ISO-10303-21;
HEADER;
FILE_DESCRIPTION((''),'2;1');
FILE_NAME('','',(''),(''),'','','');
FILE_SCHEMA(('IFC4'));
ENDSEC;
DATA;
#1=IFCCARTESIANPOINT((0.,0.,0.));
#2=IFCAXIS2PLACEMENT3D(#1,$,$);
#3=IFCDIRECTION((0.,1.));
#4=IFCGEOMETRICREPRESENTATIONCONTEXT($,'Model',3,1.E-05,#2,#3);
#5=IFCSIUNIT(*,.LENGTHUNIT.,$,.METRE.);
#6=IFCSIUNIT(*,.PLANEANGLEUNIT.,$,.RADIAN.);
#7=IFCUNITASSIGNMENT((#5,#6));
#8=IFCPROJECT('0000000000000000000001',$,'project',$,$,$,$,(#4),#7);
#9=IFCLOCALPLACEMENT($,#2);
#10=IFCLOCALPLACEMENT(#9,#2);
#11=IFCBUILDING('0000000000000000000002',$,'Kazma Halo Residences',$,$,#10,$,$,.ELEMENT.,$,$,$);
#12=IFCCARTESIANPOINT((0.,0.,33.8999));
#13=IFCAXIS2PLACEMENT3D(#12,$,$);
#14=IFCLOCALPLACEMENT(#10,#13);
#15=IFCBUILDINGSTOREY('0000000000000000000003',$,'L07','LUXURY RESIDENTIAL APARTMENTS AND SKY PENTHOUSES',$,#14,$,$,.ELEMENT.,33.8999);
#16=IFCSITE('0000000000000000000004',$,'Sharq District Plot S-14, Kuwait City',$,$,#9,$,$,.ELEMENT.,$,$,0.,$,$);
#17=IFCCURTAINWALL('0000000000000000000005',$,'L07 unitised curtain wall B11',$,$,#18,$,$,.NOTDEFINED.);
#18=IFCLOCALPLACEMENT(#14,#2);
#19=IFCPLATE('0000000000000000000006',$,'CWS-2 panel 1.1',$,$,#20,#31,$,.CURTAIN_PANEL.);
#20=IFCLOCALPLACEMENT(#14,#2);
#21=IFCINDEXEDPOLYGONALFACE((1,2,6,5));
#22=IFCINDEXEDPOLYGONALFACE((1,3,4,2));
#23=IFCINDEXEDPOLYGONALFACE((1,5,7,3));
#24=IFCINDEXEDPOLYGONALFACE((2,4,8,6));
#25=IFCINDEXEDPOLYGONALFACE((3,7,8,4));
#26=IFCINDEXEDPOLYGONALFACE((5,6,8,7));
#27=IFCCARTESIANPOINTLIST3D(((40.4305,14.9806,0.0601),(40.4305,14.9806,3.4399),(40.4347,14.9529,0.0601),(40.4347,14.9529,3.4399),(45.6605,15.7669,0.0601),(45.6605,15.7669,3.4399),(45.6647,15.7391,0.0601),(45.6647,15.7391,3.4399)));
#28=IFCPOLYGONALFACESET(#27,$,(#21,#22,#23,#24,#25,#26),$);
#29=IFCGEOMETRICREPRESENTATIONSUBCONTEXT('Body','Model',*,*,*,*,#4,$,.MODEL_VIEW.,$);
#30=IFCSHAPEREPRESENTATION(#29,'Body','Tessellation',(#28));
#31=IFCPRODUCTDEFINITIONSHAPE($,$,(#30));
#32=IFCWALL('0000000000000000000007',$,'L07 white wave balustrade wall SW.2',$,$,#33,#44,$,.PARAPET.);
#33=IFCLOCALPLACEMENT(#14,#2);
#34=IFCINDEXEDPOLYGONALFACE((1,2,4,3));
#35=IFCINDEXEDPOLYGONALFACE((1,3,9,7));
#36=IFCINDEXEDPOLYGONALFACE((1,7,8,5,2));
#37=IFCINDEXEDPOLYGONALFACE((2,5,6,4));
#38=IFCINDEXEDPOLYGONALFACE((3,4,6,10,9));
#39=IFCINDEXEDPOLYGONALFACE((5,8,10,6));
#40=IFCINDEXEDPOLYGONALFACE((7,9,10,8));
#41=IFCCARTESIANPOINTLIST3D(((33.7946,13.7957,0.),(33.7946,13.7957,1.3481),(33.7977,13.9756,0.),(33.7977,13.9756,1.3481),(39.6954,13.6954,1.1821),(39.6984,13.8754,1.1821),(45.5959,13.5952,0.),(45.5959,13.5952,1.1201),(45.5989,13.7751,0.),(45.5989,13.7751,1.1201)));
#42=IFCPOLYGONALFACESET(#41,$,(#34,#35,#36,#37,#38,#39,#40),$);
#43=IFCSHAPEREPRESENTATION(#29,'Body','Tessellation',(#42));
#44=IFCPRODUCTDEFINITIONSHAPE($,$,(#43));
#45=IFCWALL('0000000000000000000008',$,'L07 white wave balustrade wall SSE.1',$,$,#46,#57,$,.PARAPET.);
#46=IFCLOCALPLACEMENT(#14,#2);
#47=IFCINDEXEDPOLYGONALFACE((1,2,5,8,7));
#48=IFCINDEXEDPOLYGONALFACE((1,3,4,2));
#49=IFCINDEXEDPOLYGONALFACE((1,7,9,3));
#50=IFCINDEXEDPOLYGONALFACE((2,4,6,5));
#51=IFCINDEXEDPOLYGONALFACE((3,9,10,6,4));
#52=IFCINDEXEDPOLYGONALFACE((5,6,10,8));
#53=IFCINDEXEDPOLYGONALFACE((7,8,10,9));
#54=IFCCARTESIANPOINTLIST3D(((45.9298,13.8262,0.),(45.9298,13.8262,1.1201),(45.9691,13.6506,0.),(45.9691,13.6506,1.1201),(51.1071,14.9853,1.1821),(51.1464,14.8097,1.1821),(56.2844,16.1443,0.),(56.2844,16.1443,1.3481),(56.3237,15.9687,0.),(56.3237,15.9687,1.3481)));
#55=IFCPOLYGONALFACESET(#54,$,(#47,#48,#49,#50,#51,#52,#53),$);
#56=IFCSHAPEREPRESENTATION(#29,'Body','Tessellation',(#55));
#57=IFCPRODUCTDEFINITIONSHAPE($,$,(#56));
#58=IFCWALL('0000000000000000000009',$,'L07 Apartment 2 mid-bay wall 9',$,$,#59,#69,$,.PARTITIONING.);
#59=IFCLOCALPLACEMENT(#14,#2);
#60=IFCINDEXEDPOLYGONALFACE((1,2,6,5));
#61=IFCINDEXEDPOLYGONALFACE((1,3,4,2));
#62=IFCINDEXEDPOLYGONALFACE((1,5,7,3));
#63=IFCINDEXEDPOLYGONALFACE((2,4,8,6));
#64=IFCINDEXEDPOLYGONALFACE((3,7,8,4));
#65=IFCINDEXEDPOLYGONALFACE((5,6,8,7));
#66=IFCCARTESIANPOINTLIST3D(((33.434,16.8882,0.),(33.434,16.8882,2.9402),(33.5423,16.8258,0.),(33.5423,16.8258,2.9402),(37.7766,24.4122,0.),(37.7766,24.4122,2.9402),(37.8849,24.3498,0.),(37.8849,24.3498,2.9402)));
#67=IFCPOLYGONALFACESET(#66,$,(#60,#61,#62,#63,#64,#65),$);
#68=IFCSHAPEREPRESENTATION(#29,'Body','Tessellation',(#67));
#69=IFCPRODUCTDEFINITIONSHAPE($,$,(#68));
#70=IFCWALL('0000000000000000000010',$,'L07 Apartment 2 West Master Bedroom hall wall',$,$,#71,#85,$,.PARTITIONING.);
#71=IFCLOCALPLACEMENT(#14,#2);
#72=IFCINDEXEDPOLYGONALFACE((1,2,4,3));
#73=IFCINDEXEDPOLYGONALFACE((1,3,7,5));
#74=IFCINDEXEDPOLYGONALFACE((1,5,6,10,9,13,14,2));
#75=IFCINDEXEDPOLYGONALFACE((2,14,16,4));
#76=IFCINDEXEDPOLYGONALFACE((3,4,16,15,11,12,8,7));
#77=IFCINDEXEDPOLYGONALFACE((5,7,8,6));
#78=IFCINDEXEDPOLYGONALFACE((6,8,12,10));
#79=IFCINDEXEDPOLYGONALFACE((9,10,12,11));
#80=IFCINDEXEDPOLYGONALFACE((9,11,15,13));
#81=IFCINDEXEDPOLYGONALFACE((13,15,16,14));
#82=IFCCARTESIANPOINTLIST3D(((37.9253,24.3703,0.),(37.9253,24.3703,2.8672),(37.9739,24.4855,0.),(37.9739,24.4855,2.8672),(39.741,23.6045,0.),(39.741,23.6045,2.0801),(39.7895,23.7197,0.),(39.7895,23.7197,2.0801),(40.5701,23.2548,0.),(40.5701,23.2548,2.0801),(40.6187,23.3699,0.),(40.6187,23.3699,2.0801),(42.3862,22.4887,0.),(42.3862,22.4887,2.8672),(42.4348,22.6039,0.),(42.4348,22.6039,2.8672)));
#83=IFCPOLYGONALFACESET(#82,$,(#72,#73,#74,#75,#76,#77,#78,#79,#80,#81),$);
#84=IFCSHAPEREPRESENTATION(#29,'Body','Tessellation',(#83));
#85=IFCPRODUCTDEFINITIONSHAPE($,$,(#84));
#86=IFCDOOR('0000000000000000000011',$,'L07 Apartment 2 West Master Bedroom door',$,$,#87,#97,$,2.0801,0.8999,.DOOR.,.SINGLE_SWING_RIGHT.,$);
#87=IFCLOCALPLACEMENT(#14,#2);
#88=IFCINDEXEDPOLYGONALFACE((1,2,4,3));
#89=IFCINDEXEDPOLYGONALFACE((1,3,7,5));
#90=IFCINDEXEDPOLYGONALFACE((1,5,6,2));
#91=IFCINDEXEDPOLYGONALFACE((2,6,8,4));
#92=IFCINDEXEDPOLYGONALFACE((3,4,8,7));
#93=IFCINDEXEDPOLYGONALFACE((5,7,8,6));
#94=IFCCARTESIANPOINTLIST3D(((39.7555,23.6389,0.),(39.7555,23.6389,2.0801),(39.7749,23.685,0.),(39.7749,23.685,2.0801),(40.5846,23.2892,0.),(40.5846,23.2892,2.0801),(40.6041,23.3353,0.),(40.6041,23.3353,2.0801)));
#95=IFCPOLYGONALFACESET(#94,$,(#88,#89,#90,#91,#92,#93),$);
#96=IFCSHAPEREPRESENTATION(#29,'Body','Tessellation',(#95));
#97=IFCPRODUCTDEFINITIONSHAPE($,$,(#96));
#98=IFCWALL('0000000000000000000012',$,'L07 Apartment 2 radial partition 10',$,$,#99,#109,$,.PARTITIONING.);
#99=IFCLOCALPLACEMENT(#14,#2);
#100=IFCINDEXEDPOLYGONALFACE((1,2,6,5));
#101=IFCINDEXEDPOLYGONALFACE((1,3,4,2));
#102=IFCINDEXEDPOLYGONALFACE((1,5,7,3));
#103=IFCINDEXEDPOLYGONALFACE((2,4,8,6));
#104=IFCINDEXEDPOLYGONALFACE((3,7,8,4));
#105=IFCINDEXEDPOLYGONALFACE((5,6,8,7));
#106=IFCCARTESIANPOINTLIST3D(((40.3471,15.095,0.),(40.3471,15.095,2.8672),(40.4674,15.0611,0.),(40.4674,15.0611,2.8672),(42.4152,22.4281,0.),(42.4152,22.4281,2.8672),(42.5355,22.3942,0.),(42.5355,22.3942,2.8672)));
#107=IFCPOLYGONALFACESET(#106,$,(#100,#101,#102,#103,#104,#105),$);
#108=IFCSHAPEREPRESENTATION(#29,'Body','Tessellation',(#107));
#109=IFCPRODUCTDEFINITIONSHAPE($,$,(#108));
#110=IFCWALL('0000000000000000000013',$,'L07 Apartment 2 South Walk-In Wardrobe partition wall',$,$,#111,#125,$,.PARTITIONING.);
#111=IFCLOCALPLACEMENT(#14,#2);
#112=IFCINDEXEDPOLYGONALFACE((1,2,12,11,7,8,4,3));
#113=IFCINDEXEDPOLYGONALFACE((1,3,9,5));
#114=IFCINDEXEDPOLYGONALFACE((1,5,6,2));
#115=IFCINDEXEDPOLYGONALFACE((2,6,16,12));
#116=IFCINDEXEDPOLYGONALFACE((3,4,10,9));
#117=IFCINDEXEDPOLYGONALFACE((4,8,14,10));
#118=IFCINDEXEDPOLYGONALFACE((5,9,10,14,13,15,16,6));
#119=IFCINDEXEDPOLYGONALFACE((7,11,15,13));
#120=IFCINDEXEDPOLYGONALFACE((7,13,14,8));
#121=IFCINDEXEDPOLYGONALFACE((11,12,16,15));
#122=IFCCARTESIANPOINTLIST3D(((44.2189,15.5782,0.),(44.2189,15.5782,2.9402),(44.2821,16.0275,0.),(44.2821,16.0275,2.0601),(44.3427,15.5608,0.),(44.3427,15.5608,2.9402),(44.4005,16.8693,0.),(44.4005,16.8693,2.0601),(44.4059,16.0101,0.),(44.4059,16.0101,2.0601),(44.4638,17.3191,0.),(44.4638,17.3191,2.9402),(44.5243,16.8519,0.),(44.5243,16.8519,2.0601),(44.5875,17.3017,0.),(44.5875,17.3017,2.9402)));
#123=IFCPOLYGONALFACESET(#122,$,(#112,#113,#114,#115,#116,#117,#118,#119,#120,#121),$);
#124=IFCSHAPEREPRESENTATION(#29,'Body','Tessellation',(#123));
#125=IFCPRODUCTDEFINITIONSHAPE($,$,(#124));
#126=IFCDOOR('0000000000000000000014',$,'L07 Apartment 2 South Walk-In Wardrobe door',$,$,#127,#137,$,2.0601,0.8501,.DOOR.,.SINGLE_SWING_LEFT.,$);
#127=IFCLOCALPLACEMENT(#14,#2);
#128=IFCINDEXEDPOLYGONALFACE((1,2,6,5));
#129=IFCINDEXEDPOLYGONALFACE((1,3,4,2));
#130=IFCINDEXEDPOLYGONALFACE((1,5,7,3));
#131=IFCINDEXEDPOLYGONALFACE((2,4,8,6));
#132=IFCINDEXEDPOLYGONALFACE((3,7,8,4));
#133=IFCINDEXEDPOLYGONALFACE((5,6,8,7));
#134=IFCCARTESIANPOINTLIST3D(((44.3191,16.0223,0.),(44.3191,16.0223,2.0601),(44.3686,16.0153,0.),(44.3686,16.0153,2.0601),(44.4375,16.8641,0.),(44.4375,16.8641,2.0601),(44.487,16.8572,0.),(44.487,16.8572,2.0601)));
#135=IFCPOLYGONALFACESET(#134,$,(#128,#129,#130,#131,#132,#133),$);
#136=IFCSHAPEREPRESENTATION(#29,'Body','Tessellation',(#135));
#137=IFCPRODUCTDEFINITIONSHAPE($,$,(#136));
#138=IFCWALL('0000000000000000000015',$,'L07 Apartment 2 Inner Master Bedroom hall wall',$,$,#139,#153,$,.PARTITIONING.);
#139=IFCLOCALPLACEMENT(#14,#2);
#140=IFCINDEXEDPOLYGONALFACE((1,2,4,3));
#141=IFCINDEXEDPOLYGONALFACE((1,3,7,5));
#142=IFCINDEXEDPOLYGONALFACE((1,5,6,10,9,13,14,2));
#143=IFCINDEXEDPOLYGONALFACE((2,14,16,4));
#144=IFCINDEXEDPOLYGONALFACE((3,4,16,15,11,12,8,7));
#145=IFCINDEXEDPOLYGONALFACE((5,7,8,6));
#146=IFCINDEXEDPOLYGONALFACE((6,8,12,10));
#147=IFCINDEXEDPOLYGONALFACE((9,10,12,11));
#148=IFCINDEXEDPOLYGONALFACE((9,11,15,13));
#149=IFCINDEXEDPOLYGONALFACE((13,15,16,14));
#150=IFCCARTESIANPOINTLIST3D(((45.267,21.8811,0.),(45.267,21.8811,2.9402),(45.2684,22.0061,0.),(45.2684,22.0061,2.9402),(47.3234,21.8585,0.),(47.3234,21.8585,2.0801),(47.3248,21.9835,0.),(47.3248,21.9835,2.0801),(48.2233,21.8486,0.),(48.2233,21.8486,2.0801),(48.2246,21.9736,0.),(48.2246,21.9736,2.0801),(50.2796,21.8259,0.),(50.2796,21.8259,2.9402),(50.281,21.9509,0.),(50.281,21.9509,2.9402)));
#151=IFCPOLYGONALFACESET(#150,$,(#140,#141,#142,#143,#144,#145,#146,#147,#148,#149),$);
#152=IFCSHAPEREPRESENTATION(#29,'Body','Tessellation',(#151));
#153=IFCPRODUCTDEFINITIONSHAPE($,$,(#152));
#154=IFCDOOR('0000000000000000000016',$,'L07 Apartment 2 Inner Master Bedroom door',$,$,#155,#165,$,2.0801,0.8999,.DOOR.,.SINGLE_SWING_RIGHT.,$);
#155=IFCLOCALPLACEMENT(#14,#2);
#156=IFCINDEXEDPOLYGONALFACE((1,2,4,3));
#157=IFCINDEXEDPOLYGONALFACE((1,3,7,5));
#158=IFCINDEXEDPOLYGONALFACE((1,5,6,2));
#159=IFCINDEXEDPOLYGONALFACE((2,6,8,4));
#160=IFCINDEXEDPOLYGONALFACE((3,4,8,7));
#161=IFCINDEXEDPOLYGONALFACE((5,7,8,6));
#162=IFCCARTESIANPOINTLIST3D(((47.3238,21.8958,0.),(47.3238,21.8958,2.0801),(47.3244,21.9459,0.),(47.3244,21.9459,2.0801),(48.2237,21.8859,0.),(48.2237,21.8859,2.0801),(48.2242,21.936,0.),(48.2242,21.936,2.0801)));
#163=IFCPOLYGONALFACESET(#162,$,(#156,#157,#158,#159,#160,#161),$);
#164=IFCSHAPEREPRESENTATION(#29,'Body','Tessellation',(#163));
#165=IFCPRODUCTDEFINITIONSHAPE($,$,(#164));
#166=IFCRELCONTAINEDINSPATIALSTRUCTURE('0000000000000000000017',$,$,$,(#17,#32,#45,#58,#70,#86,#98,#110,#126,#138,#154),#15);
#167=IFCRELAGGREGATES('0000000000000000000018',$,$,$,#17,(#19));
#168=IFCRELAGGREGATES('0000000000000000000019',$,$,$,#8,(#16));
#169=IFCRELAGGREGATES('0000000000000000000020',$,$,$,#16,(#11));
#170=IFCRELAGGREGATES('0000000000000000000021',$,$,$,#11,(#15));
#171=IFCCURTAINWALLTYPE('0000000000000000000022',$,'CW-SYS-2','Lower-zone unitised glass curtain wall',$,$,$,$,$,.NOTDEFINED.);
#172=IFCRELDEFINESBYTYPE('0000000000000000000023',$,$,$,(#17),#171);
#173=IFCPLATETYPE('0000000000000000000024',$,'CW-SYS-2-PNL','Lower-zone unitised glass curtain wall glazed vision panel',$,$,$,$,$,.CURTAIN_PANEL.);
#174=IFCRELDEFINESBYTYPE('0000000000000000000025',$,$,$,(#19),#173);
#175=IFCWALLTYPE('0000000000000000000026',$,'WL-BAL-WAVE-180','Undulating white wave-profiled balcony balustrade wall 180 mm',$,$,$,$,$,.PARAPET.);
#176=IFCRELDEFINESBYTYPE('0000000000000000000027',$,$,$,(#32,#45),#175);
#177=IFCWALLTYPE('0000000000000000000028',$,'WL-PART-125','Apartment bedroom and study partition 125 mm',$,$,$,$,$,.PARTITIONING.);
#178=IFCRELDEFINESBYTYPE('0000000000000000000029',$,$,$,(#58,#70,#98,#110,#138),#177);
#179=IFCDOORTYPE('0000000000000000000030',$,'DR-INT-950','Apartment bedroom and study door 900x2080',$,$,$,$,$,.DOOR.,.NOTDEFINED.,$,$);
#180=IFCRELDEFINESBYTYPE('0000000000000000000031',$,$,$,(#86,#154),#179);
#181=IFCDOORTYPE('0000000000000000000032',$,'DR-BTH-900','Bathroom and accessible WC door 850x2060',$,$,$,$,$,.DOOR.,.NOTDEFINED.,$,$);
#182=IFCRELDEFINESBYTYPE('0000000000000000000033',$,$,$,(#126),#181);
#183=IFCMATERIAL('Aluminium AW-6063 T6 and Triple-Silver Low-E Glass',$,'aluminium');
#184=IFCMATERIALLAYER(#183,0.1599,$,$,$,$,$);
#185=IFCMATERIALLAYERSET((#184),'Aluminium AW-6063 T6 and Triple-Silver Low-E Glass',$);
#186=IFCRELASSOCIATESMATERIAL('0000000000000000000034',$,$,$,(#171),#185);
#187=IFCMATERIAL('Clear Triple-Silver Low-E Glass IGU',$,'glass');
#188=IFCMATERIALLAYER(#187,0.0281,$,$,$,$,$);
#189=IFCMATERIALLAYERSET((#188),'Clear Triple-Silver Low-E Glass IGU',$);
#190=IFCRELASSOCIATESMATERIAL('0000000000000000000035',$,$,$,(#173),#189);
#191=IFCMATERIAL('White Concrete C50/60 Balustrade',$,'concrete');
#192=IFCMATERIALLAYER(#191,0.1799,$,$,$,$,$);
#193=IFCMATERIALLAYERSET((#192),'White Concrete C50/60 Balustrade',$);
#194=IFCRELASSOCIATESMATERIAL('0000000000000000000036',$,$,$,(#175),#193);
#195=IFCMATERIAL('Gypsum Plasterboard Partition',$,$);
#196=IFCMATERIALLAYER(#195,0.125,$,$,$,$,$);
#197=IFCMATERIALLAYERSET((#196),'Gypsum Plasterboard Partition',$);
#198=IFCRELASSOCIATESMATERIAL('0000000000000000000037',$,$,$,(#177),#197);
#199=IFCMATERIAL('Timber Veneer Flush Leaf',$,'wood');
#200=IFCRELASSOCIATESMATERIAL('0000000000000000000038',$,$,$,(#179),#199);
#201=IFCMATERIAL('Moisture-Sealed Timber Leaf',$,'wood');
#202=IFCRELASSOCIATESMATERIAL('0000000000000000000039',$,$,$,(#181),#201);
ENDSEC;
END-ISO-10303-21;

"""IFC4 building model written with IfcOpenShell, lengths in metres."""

from ifc_helpers import new_model, si_unit, direction, frame, frame_2d, origin, origin_2d, place, context, subcontext, project, spatial, polyline, rectangle, outline, extrude, material, layer, layer_set, type_object, element, fill, aggregate, save


model = new_model("IFC4")

# Units and contexts
model_context = context("Model", 3, precision=1e-05, world=origin(), true_north=direction((0.0, 1.0)))
body_context = subcontext(model_context, "Body", "Model", "MODEL_VIEW")
ifc_project = project(units=[si_unit("LENGTHUNIT", "METRE"), si_unit("PLANEANGLEUNIT", "RADIAN")], contexts=[model_context])

# Site, building, storey
site_placement = place(None, origin())
site = spatial("IfcSite", under=ifc_project, at=site_placement, Name="Sharq District Plot S-14, Kuwait City", CompositionType="ELEMENT", RefElevation=0.0)
building_placement = place(site_placement, origin())
building = spatial("IfcBuilding", under=site, at=building_placement, Name="Kazma Halo Residences", CompositionType="ELEMENT")
storey_placement = place(building_placement, frame((0.0, 0.0, 33.8999)))
storey = spatial("IfcBuildingStorey", under=building, at=storey_placement, Name="L07", Description="LUXURY RESIDENTIAL APARTMENTS AND SKY PENTHOUSES", CompositionType="ELEMENT", Elevation=33.8999)

# Curtain wall, plate
ifc_material_1 = material(Name="Aluminium AW-6063 T6 and Triple-Silver Low-E Glass", Category="aluminium")
ifc_layer_1 = layer(ifc_material_1, 0.1599)
ifc_layer_set_1 = layer_set([ifc_layer_1], Name="Aluminium AW-6063 T6 and Triple-Silver Low-E Glass")
curtain_wall_type = type_object("IfcCurtainWallType", Name="CW-SYS-2", Description="Lower-zone unitised glass curtain wall", PredefinedType="NOTDEFINED", material=ifc_layer_set_1)
curtain_wall_placement = place(storey_placement, origin())
curtain_wall = element("IfcCurtainWall", 1, at=curtain_wall_placement, inside=storey, type_object=curtain_wall_type, Name="L07 unitised curtain wall B11", PredefinedType="NOTDEFINED")
ifc_material_2 = material(Name="Clear Triple-Silver Low-E Glass IGU", Category="glass")
ifc_layer_2 = layer(ifc_material_2, 0.0281)
ifc_layer_set_2 = layer_set([ifc_layer_2], Name="Clear Triple-Silver Low-E Glass IGU")
plate_type = type_object("IfcPlateType", Name="CW-SYS-2-PNL", Description="Lower-zone unitised glass curtain wall glazed vision panel", PredefinedType="CURTAIN_PANEL", material=ifc_layer_set_2)
plate_placement = place(storey_placement, frame((43.0476, 15.3599, 0.0601), z_axis=(0.0, 0.0, 1.0), x_axis=(0.988889, 0.148657, 0.0)))
plate = element("IfcPlate", 2, at=plate_placement, type_object=plate_type, Name="CWS-2 panel 1.1", PredefinedType="CURTAIN_PANEL", context=body_context, shape_type="SweptSolid", body=[
    extrude(rectangle(XDim=5.2888, YDim=0.0281, at=origin_2d()), origin(), (0.0, 0.0, 1.0), 3.3799),
])
aggregate(curtain_wall, [plate])

# Walls
ifc_material_3 = material(Name="White Concrete C50/60 Balustrade", Category="concrete")
ifc_layer_3 = layer(ifc_material_3, 0.1799)
ifc_layer_set_3 = layer_set([ifc_layer_3], Name="White Concrete C50/60 Balustrade")
wall_type_1 = type_object("IfcWallType", Name="WL-BAL-WAVE-180", Description="Undulating white wave-profiled balcony balustrade wall 180 mm", PredefinedType="PARAPET", material=ifc_layer_set_3)
wall_1_placement = place(storey_placement, frame((33.7961, 13.8857, 0.0), z_axis=(0.0, 0.0, 1.0), x_axis=(0.999856, -0.016982, 0.0)))
element("IfcWall", 3, at=wall_1_placement, inside=storey, type_object=wall_type_1, Name="L07 white wave balustrade wall SW.2", PredefinedType="PARAPET", context=body_context, shape_type="SweptSolid", body=[
    extrude(outline(polyline([(0.0, 0.0), (11.803, 0.0), (11.803, 1.1201), (5.9016, 1.1821), (0.0, 1.3481), (0.0, 0.0)])), frame((0.0, 0.0898, 0.0), z_axis=(0.0, -1.0, 0.0), x_axis=(1.0, 0.0, 0.0)), (0.0, 0.0, 1.0), 0.1799),
])
wall_2_placement = place(storey_placement, frame((45.9495, 13.7385, 0.0), z_axis=(0.0, 0.0, 1.0), x_axis=(0.975844, 0.218467, 0.0)))
element("IfcWall", 4, at=wall_2_placement, inside=storey, type_object=wall_type_1, Name="L07 white wave balustrade wall SSE.1", PredefinedType="PARAPET", context=body_context, shape_type="SweptSolid", body=[
    extrude(outline(polyline([(0.0, 0.0), (10.6108, 0.0), (10.6108, 1.3481), (5.3054, 1.1821), (0.0, 1.1201), (0.0, 0.0)])), frame((0.0, 0.0898, 0.0), z_axis=(0.0, -1.0, 0.0), x_axis=(1.0, 0.0, 0.0)), (0.0, 0.0, 1.0), 0.1799),
])
ifc_material_4 = material(Name="Gypsum Plasterboard Partition")
ifc_layer_4 = layer(ifc_material_4, 0.125)
ifc_layer_set_4 = layer_set([ifc_layer_4], Name="Gypsum Plasterboard Partition")
wall_type_2 = type_object("IfcWallType", Name="WL-PART-125", Description="Apartment bedroom and study partition 125 mm", PredefinedType="PARTITIONING", material=ifc_layer_set_4)
wall_3_placement = place(storey_placement, frame((37.8308, 24.3811, 0.0), z_axis=(0.0, 0.0, 1.0), x_axis=(-0.499878, -0.866096, 0.0)))
element("IfcWall", 5, at=wall_3_placement, inside=storey, type_object=wall_type_2, Name="L07 Apartment 2 mid-bay wall 9", PredefinedType="PARTITIONING", context=body_context, shape_type="SweptSolid", body=[
    extrude(rectangle(XDim=8.6873, YDim=0.125, at=frame_2d((4.3438, 0.0))), origin(), (0.0, 0.0, 1.0), 2.9402),
])

# Wall, opening, door
wall_4_placement = place(storey_placement, frame((37.9495, 24.428, 0.0), z_axis=(0.0, 0.0, 1.0), x_axis=(0.921391, -0.388636, 0.0)))
wall_4 = element("IfcWall", 6, at=wall_4_placement, inside=storey, type_object=wall_type_2, Name="L07 Apartment 2 West Master Bedroom hall wall", PredefinedType="PARTITIONING", context=body_context, shape_type="SweptSolid", body=[
    extrude(rectangle(XDim=4.8416, YDim=0.125, at=frame_2d((2.4209, 0.0))), origin(), (0.0, 0.0, 1.0), 2.8672),
])
opening_1_placement = place(wall_4_placement, frame((1.9707, 0.0, 0.0)))
opening_1 = element("IfcOpeningElement", 7, at=opening_1_placement, cuts=wall_4, PredefinedType="OPENING", context=body_context, shape_type="SweptSolid", body=[
    extrude(rectangle(XDim=0.8999, YDim=2.0801, at=frame_2d((0.45, 1.04))), frame((0.0, 0.0725, 0.0), z_axis=(0.0, -1.0, 0.0), x_axis=(1.0, 0.0, 0.0)), (0.0, 0.0, 1.0), 0.145),
])
ifc_material_5 = material(Name="Timber Veneer Flush Leaf", Category="wood")
door_type_1 = type_object("IfcDoorType", Name="DR-INT-950", Description="Apartment bedroom and study door 900x2080", OperationType="NOTDEFINED", PredefinedType="DOOR", material=ifc_material_5)
door_1_placement = place(opening_1_placement, origin())
door_1 = element("IfcDoor", 8, at=door_1_placement, inside=storey, type_object=door_type_1, Name="L07 Apartment 2 West Master Bedroom door", OperationType="SINGLE_SWING_RIGHT", OverallHeight=2.0801, OverallWidth=0.8999, PredefinedType="DOOR", context=body_context, shape_type="SweptSolid", body=[
    extrude(rectangle(XDim=0.8999, YDim=2.0801, at=frame_2d((0.45, 1.04))), frame((0.0, 0.0249, 0.0), z_axis=(0.0, -1.0, 0.0), x_axis=(1.0, 0.0, 0.0)), (0.0, 0.0, 1.0), 0.05),
])
fill(opening_1, door_1)

# Wall
wall_5_placement = place(storey_placement, frame((42.4753, 22.4111, 0.0), z_axis=(0.0, 0.0, 1.0), x_axis=(-0.27144, -0.962455, 0.0)))
element("IfcWall", 9, at=wall_5_placement, inside=storey, type_object=wall_type_2, Name="L07 Apartment 2 radial partition 10", PredefinedType="PARTITIONING", context=body_context, shape_type="SweptSolid", body=[
    extrude(rectangle(XDim=7.6191, YDim=0.125, at=frame_2d((3.8096, 0.0))), origin(), (0.0, 0.0, 1.0), 2.8672),
])

# Walls, openings, doors
wall_6_placement = place(storey_placement, frame((44.5256, 17.3103, 0.0), z_axis=(0.0, 0.0, 1.0), x_axis=(-0.139282, -0.990253, 0.0)))
wall_6 = element("IfcWall", 10, at=wall_6_placement, inside=storey, type_object=wall_type_2, Name="L07 Apartment 2 South Walk-In Wardrobe partition wall", PredefinedType="PARTITIONING", context=body_context, shape_type="SweptSolid", body=[
    extrude(rectangle(XDim=1.7581, YDim=0.125, at=frame_2d((0.8789, 0.0))), origin(), (0.0, 0.0, 1.0), 2.9402),
])
opening_2_placement = place(wall_6_placement, frame((0.4541, 0.0, 0.0)))
opening_2 = element("IfcOpeningElement", 11, at=opening_2_placement, cuts=wall_6, PredefinedType="OPENING", context=body_context, shape_type="SweptSolid", body=[
    extrude(rectangle(XDim=0.8501, YDim=2.0601, at=frame_2d((0.425, 1.03))), frame((0.0, 0.0725, 0.0), z_axis=(0.0, -1.0, 0.0), x_axis=(1.0, 0.0, 0.0)), (0.0, 0.0, 1.0), 0.145),
])
ifc_material_6 = material(Name="Moisture-Sealed Timber Leaf", Category="wood")
door_type_2 = type_object("IfcDoorType", Name="DR-BTH-900", Description="Bathroom and accessible WC door 850x2060", OperationType="NOTDEFINED", PredefinedType="DOOR", material=ifc_material_6)
door_2_placement = place(opening_2_placement, origin())
door_2 = element("IfcDoor", 12, at=door_2_placement, inside=storey, type_object=door_type_2, Name="L07 Apartment 2 South Walk-In Wardrobe door", OperationType="SINGLE_SWING_LEFT", OverallHeight=2.0601, OverallWidth=0.8501, PredefinedType="DOOR", context=body_context, shape_type="SweptSolid", body=[
    extrude(rectangle(XDim=0.8501, YDim=2.0601, at=frame_2d((0.425, 1.03))), frame((0.0, 0.0249, 0.0), z_axis=(0.0, -1.0, 0.0), x_axis=(1.0, 0.0, 0.0)), (0.0, 0.0, 1.0), 0.05),
])
fill(opening_2, door_2)
wall_7_placement = place(storey_placement, frame((45.2678, 21.9436, 0.0), z_axis=(0.0, 0.0, 1.0), x_axis=(0.999939, -0.011007, 0.0)))
wall_7 = element("IfcWall", 13, at=wall_7_placement, inside=storey, type_object=wall_type_2, Name="L07 Apartment 2 Inner Master Bedroom hall wall", PredefinedType="PARTITIONING", context=body_context, shape_type="SweptSolid", body=[
    extrude(rectangle(XDim=5.0129, YDim=0.125, at=frame_2d((2.5063, 0.0))), origin(), (0.0, 0.0, 1.0), 2.9402),
])
opening_3_placement = place(wall_7_placement, frame((2.0564, 0.0, 0.0)))
opening_3 = element("IfcOpeningElement", 14, at=opening_3_placement, cuts=wall_7, PredefinedType="OPENING", context=body_context, shape_type="SweptSolid", body=[
    extrude(rectangle(XDim=0.8999, YDim=2.0801, at=frame_2d((0.45, 1.04))), frame((0.0, 0.0725, 0.0), z_axis=(0.0, -1.0, 0.0), x_axis=(1.0, 0.0, 0.0)), (0.0, 0.0, 1.0), 0.145),
])
door_3_placement = place(opening_3_placement, origin())
door_3 = element("IfcDoor", 15, at=door_3_placement, inside=storey, type_object=door_type_1, Name="L07 Apartment 2 Inner Master Bedroom door", OperationType="SINGLE_SWING_RIGHT", OverallHeight=2.0801, OverallWidth=0.8999, PredefinedType="DOOR", context=body_context, shape_type="SweptSolid", body=[
    extrude(rectangle(XDim=0.8999, YDim=2.0801, at=frame_2d((0.45, 1.04))), frame((0.0, 0.0249, 0.0), z_axis=(0.0, -1.0, 0.0), x_axis=(1.0, 0.0, 0.0)), (0.0, 0.0, 1.0), 0.05),
])
fill(opening_3, door_3)

save(model, "model.ifc")
